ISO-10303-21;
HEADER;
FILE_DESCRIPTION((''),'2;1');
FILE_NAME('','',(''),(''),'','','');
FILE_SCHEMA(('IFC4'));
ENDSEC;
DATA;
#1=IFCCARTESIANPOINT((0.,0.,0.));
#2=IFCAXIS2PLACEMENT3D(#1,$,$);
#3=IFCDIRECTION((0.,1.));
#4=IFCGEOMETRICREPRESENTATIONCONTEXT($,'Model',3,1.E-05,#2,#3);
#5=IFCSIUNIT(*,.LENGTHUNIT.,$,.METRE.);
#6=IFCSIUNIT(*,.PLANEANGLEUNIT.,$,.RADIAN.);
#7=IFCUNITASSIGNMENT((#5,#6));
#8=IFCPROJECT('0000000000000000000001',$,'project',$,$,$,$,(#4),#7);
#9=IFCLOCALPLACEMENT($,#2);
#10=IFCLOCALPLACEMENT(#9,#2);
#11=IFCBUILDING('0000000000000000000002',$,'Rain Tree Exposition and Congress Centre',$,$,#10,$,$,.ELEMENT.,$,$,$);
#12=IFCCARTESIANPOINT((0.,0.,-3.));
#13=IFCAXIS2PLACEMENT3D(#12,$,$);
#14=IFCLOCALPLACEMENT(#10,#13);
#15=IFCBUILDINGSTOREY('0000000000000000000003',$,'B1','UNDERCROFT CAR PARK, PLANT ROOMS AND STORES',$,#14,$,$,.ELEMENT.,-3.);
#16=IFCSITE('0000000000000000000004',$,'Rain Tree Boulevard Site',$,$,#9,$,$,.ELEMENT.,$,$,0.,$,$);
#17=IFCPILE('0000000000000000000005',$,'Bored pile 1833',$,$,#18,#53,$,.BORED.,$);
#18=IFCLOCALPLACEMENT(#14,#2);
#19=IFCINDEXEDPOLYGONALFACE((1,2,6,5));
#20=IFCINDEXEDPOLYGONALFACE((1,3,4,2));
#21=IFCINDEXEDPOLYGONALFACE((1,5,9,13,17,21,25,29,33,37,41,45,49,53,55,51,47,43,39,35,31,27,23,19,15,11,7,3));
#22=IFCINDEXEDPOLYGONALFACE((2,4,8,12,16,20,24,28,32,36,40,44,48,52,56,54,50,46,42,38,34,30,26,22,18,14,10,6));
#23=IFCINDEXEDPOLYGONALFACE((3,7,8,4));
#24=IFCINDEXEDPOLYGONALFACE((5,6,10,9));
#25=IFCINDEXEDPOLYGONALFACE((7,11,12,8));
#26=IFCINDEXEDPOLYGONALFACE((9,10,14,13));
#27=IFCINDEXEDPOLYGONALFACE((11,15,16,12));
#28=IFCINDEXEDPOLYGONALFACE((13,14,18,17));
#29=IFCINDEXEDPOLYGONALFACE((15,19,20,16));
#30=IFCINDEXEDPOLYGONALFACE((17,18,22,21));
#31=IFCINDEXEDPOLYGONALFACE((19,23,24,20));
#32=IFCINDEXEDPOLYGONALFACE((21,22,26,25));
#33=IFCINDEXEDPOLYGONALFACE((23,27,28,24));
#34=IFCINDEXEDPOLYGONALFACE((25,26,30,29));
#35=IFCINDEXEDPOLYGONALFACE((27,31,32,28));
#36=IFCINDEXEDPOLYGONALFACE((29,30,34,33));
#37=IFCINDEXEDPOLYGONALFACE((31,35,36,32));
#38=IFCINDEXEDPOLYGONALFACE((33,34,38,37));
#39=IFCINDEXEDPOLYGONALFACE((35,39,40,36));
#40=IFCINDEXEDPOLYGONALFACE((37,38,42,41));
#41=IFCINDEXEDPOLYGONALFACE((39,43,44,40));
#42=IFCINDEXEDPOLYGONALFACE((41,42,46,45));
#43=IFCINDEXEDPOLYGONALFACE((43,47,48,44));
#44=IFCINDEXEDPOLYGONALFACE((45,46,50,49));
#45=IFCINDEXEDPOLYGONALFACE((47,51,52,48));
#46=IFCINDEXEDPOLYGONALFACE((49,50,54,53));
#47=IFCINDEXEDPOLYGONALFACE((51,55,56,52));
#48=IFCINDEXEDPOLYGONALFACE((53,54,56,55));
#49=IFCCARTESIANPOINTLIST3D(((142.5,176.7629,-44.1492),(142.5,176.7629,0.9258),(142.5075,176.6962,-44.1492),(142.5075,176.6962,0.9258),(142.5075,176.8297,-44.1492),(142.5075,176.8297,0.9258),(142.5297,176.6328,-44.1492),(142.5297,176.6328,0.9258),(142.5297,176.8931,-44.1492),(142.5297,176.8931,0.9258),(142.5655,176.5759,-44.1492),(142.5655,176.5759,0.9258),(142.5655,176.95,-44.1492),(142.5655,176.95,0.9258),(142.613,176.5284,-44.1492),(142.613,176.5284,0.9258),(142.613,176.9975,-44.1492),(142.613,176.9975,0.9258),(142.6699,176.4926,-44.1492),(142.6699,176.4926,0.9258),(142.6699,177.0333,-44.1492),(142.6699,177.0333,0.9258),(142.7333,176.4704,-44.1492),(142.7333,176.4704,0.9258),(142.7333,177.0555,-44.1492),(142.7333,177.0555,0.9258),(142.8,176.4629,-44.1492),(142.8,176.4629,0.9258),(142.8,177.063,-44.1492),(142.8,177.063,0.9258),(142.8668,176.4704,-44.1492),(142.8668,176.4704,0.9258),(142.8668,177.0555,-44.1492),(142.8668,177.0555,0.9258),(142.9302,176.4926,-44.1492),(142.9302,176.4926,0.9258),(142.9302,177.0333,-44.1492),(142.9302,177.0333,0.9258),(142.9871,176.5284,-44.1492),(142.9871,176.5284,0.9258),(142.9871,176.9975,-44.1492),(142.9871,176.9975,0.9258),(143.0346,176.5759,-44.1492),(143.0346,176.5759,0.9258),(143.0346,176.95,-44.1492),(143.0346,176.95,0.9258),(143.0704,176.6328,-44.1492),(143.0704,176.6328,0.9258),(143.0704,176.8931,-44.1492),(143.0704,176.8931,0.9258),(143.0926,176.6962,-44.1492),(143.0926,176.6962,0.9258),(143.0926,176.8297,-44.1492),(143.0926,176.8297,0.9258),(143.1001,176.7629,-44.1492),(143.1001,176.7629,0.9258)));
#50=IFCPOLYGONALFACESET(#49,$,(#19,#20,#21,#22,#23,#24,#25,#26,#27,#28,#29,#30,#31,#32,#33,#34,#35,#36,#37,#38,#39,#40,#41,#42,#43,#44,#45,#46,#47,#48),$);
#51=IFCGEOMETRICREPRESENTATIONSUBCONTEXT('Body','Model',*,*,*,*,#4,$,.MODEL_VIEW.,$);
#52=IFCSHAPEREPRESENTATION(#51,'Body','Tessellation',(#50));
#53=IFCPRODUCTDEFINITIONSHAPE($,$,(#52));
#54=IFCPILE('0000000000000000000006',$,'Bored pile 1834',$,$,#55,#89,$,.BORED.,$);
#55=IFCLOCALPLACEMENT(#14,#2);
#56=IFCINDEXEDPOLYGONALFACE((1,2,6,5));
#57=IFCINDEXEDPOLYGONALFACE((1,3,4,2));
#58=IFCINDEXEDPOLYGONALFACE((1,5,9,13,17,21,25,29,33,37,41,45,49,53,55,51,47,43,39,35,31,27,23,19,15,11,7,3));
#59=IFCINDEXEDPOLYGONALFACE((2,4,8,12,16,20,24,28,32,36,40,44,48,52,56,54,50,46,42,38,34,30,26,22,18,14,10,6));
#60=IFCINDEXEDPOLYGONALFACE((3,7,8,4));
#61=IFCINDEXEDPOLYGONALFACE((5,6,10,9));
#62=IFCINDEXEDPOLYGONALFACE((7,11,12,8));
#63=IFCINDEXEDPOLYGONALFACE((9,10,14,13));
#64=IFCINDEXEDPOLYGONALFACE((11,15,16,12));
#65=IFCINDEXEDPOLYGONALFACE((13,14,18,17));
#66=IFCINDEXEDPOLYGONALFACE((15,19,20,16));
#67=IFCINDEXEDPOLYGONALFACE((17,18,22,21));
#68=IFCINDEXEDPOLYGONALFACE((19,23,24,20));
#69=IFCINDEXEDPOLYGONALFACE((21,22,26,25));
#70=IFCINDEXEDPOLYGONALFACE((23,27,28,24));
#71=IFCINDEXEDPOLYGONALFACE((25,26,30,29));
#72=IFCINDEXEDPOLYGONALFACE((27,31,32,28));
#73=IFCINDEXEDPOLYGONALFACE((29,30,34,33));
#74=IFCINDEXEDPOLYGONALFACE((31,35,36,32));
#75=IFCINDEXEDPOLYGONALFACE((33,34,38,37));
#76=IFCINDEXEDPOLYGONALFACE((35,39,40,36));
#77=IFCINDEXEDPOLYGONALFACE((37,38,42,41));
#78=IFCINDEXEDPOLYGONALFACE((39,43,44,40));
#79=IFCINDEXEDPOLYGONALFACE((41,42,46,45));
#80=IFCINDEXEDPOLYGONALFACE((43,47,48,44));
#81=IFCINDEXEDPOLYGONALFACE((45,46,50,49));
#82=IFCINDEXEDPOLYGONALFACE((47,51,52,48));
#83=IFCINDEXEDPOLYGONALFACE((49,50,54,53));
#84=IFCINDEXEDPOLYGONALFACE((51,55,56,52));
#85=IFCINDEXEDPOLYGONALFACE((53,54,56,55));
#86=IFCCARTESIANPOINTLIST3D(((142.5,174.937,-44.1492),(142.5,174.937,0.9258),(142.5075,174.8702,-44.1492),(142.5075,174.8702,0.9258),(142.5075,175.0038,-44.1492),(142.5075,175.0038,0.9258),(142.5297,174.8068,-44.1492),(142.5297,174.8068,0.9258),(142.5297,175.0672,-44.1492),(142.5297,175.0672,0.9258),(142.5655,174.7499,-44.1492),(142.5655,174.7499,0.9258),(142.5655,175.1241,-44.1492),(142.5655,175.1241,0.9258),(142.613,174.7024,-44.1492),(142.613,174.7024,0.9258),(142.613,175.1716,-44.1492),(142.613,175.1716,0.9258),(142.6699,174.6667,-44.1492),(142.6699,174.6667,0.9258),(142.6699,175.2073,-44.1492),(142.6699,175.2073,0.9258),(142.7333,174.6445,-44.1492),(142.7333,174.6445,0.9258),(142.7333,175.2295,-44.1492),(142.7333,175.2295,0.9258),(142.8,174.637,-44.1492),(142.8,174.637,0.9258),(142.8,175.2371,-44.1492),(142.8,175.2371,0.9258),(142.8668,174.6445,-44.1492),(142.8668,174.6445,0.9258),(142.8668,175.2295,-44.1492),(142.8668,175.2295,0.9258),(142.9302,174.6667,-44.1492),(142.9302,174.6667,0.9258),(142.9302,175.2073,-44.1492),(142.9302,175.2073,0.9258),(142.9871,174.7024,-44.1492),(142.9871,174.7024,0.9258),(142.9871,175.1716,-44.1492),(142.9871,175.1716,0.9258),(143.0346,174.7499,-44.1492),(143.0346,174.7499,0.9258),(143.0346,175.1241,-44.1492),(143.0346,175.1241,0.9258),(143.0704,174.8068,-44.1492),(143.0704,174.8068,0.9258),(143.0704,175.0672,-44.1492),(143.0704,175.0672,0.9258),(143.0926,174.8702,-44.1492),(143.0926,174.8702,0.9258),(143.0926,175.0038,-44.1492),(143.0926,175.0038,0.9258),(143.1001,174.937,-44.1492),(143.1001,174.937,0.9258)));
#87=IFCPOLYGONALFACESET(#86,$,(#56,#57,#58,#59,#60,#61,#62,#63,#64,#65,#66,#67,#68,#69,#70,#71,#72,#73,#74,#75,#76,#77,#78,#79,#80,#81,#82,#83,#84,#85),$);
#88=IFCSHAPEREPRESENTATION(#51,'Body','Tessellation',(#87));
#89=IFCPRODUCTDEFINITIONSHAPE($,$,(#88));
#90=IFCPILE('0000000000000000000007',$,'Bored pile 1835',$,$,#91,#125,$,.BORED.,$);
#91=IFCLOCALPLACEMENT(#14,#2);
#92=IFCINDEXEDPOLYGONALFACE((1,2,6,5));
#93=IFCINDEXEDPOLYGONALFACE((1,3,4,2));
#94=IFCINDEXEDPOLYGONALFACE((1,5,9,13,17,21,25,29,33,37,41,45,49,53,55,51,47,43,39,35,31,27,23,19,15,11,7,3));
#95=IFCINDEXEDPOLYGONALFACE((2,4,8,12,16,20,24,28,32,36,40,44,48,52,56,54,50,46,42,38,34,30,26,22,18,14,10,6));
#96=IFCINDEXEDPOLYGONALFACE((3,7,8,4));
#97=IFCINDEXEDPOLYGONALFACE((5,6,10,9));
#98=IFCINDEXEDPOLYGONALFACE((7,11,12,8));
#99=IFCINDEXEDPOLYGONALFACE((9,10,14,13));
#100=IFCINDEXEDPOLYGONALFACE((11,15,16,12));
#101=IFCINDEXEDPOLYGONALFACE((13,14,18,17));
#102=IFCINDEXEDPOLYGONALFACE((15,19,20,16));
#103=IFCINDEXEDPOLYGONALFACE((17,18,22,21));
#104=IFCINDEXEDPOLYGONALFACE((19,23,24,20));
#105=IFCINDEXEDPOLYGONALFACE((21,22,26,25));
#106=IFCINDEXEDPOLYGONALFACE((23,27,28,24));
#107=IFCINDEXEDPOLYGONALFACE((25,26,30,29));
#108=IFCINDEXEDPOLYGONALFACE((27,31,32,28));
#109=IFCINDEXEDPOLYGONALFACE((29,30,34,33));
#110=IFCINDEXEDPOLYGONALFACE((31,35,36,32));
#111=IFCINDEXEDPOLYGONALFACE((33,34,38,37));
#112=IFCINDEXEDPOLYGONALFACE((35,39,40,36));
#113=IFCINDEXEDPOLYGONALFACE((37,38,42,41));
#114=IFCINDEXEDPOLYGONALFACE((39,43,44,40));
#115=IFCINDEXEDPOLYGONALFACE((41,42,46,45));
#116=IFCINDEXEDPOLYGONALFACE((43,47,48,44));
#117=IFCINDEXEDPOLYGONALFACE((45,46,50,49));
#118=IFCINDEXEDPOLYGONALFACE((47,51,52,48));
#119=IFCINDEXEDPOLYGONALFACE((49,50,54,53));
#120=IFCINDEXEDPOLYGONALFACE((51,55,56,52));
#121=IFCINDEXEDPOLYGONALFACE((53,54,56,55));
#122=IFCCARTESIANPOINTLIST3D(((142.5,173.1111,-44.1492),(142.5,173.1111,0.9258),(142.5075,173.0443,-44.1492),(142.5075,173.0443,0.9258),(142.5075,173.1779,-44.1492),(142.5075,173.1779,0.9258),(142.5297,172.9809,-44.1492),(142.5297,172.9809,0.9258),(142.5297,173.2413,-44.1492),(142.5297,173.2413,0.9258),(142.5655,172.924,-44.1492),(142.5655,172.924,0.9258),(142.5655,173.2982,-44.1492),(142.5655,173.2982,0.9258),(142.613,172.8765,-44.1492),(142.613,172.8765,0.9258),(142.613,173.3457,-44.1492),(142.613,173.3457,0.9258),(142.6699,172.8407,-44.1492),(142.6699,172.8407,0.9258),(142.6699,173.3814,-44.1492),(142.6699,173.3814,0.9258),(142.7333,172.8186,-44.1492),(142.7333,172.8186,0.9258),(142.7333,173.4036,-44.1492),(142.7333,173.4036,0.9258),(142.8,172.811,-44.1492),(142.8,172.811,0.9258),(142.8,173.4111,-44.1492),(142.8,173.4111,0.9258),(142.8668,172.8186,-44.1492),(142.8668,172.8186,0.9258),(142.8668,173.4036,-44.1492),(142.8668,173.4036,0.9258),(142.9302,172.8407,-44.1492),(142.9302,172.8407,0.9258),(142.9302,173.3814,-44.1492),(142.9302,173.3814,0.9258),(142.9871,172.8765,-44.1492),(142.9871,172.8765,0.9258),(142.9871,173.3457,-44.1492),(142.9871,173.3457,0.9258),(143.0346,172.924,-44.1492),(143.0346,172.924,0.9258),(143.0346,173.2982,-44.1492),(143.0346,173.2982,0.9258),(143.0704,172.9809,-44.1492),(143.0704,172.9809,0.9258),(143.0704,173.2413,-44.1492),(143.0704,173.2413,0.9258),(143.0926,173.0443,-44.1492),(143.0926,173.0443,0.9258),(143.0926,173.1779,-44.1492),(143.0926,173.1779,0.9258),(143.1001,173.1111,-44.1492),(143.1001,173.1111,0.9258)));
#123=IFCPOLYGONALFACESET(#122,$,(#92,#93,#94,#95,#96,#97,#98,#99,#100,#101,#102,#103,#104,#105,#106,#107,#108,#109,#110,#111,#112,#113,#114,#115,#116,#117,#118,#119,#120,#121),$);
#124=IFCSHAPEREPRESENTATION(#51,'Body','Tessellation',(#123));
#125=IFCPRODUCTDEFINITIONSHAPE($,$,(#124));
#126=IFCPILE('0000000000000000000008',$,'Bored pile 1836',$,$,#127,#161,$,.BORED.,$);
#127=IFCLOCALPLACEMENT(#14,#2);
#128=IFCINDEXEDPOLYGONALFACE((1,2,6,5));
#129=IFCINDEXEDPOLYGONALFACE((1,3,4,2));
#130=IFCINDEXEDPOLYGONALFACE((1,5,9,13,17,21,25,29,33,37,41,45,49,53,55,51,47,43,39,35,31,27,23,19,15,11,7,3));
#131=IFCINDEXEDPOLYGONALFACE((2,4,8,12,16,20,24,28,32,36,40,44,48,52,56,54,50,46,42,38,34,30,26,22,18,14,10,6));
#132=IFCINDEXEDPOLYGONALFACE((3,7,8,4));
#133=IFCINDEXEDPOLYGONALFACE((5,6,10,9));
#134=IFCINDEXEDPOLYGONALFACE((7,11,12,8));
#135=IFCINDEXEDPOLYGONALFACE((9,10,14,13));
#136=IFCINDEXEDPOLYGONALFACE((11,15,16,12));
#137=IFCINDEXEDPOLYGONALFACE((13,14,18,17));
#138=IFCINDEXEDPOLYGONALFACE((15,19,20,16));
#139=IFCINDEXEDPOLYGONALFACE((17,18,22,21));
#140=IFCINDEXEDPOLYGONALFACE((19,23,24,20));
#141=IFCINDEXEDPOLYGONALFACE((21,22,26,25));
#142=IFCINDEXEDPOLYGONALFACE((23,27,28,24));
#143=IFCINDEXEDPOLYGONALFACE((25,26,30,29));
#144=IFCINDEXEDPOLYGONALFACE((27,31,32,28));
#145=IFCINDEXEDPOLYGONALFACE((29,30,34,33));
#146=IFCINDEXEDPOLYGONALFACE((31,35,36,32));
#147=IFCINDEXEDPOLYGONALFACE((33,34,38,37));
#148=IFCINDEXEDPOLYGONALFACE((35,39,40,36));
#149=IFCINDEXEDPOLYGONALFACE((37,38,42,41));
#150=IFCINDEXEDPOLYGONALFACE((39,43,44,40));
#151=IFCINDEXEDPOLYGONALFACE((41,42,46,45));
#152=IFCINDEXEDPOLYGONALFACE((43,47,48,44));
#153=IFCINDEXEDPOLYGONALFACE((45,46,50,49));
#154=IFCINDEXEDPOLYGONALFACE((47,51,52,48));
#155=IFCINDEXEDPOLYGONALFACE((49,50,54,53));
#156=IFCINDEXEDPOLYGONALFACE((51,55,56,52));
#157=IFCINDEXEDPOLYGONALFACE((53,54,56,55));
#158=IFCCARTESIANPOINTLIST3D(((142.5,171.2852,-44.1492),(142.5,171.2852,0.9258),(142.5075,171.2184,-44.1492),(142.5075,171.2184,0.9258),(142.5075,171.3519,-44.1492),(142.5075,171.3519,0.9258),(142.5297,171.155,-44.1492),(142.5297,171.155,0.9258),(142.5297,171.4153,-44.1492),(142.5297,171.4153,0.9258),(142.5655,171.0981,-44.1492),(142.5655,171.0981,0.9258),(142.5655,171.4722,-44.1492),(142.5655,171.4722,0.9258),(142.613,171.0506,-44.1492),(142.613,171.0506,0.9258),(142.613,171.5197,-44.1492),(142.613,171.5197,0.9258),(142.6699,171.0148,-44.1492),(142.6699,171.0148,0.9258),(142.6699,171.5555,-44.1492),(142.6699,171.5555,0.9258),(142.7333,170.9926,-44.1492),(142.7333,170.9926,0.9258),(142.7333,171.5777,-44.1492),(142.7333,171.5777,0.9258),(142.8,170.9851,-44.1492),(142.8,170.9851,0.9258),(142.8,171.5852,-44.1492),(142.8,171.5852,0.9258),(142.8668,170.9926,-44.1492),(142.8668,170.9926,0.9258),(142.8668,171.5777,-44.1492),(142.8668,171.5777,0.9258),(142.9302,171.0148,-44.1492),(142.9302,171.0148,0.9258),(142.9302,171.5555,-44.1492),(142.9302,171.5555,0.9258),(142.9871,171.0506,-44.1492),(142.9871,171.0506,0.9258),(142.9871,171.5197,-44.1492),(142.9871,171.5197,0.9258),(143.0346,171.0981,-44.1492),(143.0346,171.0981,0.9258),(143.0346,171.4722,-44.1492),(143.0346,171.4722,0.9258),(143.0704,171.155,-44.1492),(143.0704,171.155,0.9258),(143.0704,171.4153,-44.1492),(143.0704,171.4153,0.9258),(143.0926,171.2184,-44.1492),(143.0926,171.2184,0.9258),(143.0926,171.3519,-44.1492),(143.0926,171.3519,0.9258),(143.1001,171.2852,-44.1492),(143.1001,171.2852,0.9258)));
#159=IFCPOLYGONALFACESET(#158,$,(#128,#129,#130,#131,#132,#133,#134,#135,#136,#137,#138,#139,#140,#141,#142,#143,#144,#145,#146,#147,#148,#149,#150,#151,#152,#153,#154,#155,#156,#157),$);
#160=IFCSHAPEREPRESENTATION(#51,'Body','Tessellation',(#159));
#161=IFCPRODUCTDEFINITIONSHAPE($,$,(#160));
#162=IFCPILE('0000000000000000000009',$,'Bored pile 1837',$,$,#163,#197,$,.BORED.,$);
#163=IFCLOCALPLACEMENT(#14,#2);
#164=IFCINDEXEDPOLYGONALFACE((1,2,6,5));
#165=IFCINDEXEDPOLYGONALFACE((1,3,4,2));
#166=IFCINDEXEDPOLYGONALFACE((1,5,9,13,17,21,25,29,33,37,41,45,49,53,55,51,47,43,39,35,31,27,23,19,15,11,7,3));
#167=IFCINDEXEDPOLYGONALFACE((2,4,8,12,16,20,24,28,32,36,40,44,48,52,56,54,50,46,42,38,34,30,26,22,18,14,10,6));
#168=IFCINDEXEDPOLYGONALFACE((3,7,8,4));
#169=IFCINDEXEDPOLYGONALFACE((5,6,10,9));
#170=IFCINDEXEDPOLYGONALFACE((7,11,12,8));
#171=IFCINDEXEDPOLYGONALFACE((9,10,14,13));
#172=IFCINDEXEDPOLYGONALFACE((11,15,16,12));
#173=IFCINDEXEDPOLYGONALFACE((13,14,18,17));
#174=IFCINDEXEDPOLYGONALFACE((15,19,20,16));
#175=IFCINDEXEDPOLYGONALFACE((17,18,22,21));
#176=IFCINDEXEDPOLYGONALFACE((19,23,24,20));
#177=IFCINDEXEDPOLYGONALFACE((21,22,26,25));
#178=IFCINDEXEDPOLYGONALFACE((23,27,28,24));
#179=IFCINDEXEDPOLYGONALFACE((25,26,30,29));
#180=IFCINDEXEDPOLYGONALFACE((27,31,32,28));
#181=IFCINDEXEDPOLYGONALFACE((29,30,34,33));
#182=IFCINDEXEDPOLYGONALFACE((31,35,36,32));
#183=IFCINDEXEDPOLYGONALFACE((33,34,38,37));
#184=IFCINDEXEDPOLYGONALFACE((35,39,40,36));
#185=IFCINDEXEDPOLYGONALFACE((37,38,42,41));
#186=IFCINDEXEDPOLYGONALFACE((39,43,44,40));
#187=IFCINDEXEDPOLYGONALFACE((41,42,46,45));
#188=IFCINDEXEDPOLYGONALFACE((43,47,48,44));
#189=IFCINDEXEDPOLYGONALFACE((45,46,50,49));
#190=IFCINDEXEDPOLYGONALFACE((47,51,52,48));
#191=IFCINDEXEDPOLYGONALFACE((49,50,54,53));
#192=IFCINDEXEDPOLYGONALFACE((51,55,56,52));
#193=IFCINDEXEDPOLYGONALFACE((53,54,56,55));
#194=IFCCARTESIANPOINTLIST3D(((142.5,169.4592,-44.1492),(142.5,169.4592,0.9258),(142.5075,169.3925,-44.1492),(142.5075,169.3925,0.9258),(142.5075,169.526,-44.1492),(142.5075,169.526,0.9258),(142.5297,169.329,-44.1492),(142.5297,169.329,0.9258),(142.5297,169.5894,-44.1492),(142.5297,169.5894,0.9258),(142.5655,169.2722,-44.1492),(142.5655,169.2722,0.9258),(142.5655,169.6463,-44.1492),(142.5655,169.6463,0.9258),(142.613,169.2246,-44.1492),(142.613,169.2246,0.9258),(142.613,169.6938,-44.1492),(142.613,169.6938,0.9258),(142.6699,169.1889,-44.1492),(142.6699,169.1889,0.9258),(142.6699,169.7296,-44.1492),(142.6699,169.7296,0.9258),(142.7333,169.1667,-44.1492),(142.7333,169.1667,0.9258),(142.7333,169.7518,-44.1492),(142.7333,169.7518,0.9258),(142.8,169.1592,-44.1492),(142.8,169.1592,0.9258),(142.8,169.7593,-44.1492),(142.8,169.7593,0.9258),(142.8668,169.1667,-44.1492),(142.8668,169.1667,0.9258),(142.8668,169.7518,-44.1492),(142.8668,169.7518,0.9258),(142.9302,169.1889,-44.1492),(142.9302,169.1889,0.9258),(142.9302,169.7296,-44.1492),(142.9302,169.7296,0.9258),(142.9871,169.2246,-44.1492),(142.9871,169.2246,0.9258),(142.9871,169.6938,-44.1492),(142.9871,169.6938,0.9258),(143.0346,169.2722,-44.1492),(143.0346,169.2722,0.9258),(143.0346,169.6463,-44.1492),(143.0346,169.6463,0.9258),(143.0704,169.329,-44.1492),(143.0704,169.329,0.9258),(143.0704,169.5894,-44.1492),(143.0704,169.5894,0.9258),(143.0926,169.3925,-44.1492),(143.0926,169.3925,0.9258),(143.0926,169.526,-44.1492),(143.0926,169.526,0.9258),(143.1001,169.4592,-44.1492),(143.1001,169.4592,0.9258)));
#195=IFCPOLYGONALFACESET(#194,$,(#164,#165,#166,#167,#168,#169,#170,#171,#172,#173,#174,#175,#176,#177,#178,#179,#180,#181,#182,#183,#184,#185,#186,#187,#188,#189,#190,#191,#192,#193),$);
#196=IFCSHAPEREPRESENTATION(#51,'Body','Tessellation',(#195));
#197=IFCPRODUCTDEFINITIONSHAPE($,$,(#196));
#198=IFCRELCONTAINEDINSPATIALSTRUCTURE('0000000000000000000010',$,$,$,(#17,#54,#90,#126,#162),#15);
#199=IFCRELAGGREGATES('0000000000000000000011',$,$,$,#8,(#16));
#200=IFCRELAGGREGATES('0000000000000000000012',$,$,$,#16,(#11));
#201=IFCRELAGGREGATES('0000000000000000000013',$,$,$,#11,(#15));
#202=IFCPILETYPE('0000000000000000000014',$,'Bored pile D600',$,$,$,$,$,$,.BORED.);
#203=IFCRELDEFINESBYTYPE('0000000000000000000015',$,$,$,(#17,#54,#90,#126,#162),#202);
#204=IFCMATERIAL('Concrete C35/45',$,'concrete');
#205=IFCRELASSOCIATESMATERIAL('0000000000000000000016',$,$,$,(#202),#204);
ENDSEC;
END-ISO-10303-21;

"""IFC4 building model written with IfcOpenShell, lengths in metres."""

from ifc_helpers import new_model, si_unit, direction, frame, origin, origin_2d, place, context, subcontext, project, spatial, circle, extrude, material, material_profile, profile_set, type_object, element, save


model = new_model("IFC4")

# Units and contexts
model_context = context("Model", 3, precision=1e-05, world=origin(), true_north=direction((0.0, 1.0)))
body_context = subcontext(model_context, "Body", "Model", "MODEL_VIEW")
ifc_project = project(units=[si_unit("LENGTHUNIT", "METRE"), si_unit("PLANEANGLEUNIT", "RADIAN")], contexts=[model_context])

# Site, building, storey
site_placement = place(None, origin())
site = spatial("IfcSite", under=ifc_project, at=site_placement, Name="Rain Tree Boulevard Site", CompositionType="ELEMENT", RefElevation=0.0)
building_placement = place(site_placement, origin())
building = spatial("IfcBuilding", under=site, at=building_placement, Name="Rain Tree Exposition and Congress Centre", CompositionType="ELEMENT")
storey_placement = place(building_placement, frame((0.0, 0.0, -3.0)))
storey = spatial("IfcBuildingStorey", under=building, at=storey_placement, Name="B1", Description="UNDERCROFT CAR PARK, PLANT ROOMS AND STORES", CompositionType="ELEMENT", Elevation=-3.0)

# Piles
ifc_material = material(Name="Concrete C35/45", Category="concrete")
ifc_material_profile = material_profile(ifc_material, circle(Radius=0.3, at=origin_2d()), Name="D600")
ifc_profile_set = profile_set([ifc_material_profile], Name="Concrete C35/45")
pile_type = type_object("IfcPileType", Name="Bored pile D600", PredefinedType="BORED", material=ifc_profile_set)
for number, where, z_axis, x_axis, name in (
    (1, (142.8, 176.7629, 0.9258), (0.0, 0.0, -1.0), (1.0, 0.0, 0.0), "Bored pile 1833"),
    (2, (142.8, 174.937, 0.9258), (0.0, 0.0, -1.0), (1.0, 0.0, 0.0), "Bored pile 1834"),
    (3, (142.8, 173.1111, 0.9258), (0.0, 0.0, -1.0), (1.0, 0.0, 0.0), "Bored pile 1835"),
    (4, (142.8, 171.2852, 0.9258), (0.0, 0.0, -1.0), (1.0, 0.0, 0.0), "Bored pile 1836"),
    (5, (142.8, 169.4592, 0.9258), (0.0, 0.0, -1.0), (1.0, 0.0, 0.0), "Bored pile 1837"),
):
    element("IfcPile", number, at=place(storey_placement, frame(where, z_axis=z_axis, x_axis=x_axis)), inside=storey, type_object=pile_type, Name=name, PredefinedType="BORED", context=body_context, shape_type="SweptSolid", body=[
        extrude(circle(Radius=0.3, at=origin_2d()), origin(), (0.0, 0.0, 1.0), 45.075),
    ])

save(model, "model.ifc")
